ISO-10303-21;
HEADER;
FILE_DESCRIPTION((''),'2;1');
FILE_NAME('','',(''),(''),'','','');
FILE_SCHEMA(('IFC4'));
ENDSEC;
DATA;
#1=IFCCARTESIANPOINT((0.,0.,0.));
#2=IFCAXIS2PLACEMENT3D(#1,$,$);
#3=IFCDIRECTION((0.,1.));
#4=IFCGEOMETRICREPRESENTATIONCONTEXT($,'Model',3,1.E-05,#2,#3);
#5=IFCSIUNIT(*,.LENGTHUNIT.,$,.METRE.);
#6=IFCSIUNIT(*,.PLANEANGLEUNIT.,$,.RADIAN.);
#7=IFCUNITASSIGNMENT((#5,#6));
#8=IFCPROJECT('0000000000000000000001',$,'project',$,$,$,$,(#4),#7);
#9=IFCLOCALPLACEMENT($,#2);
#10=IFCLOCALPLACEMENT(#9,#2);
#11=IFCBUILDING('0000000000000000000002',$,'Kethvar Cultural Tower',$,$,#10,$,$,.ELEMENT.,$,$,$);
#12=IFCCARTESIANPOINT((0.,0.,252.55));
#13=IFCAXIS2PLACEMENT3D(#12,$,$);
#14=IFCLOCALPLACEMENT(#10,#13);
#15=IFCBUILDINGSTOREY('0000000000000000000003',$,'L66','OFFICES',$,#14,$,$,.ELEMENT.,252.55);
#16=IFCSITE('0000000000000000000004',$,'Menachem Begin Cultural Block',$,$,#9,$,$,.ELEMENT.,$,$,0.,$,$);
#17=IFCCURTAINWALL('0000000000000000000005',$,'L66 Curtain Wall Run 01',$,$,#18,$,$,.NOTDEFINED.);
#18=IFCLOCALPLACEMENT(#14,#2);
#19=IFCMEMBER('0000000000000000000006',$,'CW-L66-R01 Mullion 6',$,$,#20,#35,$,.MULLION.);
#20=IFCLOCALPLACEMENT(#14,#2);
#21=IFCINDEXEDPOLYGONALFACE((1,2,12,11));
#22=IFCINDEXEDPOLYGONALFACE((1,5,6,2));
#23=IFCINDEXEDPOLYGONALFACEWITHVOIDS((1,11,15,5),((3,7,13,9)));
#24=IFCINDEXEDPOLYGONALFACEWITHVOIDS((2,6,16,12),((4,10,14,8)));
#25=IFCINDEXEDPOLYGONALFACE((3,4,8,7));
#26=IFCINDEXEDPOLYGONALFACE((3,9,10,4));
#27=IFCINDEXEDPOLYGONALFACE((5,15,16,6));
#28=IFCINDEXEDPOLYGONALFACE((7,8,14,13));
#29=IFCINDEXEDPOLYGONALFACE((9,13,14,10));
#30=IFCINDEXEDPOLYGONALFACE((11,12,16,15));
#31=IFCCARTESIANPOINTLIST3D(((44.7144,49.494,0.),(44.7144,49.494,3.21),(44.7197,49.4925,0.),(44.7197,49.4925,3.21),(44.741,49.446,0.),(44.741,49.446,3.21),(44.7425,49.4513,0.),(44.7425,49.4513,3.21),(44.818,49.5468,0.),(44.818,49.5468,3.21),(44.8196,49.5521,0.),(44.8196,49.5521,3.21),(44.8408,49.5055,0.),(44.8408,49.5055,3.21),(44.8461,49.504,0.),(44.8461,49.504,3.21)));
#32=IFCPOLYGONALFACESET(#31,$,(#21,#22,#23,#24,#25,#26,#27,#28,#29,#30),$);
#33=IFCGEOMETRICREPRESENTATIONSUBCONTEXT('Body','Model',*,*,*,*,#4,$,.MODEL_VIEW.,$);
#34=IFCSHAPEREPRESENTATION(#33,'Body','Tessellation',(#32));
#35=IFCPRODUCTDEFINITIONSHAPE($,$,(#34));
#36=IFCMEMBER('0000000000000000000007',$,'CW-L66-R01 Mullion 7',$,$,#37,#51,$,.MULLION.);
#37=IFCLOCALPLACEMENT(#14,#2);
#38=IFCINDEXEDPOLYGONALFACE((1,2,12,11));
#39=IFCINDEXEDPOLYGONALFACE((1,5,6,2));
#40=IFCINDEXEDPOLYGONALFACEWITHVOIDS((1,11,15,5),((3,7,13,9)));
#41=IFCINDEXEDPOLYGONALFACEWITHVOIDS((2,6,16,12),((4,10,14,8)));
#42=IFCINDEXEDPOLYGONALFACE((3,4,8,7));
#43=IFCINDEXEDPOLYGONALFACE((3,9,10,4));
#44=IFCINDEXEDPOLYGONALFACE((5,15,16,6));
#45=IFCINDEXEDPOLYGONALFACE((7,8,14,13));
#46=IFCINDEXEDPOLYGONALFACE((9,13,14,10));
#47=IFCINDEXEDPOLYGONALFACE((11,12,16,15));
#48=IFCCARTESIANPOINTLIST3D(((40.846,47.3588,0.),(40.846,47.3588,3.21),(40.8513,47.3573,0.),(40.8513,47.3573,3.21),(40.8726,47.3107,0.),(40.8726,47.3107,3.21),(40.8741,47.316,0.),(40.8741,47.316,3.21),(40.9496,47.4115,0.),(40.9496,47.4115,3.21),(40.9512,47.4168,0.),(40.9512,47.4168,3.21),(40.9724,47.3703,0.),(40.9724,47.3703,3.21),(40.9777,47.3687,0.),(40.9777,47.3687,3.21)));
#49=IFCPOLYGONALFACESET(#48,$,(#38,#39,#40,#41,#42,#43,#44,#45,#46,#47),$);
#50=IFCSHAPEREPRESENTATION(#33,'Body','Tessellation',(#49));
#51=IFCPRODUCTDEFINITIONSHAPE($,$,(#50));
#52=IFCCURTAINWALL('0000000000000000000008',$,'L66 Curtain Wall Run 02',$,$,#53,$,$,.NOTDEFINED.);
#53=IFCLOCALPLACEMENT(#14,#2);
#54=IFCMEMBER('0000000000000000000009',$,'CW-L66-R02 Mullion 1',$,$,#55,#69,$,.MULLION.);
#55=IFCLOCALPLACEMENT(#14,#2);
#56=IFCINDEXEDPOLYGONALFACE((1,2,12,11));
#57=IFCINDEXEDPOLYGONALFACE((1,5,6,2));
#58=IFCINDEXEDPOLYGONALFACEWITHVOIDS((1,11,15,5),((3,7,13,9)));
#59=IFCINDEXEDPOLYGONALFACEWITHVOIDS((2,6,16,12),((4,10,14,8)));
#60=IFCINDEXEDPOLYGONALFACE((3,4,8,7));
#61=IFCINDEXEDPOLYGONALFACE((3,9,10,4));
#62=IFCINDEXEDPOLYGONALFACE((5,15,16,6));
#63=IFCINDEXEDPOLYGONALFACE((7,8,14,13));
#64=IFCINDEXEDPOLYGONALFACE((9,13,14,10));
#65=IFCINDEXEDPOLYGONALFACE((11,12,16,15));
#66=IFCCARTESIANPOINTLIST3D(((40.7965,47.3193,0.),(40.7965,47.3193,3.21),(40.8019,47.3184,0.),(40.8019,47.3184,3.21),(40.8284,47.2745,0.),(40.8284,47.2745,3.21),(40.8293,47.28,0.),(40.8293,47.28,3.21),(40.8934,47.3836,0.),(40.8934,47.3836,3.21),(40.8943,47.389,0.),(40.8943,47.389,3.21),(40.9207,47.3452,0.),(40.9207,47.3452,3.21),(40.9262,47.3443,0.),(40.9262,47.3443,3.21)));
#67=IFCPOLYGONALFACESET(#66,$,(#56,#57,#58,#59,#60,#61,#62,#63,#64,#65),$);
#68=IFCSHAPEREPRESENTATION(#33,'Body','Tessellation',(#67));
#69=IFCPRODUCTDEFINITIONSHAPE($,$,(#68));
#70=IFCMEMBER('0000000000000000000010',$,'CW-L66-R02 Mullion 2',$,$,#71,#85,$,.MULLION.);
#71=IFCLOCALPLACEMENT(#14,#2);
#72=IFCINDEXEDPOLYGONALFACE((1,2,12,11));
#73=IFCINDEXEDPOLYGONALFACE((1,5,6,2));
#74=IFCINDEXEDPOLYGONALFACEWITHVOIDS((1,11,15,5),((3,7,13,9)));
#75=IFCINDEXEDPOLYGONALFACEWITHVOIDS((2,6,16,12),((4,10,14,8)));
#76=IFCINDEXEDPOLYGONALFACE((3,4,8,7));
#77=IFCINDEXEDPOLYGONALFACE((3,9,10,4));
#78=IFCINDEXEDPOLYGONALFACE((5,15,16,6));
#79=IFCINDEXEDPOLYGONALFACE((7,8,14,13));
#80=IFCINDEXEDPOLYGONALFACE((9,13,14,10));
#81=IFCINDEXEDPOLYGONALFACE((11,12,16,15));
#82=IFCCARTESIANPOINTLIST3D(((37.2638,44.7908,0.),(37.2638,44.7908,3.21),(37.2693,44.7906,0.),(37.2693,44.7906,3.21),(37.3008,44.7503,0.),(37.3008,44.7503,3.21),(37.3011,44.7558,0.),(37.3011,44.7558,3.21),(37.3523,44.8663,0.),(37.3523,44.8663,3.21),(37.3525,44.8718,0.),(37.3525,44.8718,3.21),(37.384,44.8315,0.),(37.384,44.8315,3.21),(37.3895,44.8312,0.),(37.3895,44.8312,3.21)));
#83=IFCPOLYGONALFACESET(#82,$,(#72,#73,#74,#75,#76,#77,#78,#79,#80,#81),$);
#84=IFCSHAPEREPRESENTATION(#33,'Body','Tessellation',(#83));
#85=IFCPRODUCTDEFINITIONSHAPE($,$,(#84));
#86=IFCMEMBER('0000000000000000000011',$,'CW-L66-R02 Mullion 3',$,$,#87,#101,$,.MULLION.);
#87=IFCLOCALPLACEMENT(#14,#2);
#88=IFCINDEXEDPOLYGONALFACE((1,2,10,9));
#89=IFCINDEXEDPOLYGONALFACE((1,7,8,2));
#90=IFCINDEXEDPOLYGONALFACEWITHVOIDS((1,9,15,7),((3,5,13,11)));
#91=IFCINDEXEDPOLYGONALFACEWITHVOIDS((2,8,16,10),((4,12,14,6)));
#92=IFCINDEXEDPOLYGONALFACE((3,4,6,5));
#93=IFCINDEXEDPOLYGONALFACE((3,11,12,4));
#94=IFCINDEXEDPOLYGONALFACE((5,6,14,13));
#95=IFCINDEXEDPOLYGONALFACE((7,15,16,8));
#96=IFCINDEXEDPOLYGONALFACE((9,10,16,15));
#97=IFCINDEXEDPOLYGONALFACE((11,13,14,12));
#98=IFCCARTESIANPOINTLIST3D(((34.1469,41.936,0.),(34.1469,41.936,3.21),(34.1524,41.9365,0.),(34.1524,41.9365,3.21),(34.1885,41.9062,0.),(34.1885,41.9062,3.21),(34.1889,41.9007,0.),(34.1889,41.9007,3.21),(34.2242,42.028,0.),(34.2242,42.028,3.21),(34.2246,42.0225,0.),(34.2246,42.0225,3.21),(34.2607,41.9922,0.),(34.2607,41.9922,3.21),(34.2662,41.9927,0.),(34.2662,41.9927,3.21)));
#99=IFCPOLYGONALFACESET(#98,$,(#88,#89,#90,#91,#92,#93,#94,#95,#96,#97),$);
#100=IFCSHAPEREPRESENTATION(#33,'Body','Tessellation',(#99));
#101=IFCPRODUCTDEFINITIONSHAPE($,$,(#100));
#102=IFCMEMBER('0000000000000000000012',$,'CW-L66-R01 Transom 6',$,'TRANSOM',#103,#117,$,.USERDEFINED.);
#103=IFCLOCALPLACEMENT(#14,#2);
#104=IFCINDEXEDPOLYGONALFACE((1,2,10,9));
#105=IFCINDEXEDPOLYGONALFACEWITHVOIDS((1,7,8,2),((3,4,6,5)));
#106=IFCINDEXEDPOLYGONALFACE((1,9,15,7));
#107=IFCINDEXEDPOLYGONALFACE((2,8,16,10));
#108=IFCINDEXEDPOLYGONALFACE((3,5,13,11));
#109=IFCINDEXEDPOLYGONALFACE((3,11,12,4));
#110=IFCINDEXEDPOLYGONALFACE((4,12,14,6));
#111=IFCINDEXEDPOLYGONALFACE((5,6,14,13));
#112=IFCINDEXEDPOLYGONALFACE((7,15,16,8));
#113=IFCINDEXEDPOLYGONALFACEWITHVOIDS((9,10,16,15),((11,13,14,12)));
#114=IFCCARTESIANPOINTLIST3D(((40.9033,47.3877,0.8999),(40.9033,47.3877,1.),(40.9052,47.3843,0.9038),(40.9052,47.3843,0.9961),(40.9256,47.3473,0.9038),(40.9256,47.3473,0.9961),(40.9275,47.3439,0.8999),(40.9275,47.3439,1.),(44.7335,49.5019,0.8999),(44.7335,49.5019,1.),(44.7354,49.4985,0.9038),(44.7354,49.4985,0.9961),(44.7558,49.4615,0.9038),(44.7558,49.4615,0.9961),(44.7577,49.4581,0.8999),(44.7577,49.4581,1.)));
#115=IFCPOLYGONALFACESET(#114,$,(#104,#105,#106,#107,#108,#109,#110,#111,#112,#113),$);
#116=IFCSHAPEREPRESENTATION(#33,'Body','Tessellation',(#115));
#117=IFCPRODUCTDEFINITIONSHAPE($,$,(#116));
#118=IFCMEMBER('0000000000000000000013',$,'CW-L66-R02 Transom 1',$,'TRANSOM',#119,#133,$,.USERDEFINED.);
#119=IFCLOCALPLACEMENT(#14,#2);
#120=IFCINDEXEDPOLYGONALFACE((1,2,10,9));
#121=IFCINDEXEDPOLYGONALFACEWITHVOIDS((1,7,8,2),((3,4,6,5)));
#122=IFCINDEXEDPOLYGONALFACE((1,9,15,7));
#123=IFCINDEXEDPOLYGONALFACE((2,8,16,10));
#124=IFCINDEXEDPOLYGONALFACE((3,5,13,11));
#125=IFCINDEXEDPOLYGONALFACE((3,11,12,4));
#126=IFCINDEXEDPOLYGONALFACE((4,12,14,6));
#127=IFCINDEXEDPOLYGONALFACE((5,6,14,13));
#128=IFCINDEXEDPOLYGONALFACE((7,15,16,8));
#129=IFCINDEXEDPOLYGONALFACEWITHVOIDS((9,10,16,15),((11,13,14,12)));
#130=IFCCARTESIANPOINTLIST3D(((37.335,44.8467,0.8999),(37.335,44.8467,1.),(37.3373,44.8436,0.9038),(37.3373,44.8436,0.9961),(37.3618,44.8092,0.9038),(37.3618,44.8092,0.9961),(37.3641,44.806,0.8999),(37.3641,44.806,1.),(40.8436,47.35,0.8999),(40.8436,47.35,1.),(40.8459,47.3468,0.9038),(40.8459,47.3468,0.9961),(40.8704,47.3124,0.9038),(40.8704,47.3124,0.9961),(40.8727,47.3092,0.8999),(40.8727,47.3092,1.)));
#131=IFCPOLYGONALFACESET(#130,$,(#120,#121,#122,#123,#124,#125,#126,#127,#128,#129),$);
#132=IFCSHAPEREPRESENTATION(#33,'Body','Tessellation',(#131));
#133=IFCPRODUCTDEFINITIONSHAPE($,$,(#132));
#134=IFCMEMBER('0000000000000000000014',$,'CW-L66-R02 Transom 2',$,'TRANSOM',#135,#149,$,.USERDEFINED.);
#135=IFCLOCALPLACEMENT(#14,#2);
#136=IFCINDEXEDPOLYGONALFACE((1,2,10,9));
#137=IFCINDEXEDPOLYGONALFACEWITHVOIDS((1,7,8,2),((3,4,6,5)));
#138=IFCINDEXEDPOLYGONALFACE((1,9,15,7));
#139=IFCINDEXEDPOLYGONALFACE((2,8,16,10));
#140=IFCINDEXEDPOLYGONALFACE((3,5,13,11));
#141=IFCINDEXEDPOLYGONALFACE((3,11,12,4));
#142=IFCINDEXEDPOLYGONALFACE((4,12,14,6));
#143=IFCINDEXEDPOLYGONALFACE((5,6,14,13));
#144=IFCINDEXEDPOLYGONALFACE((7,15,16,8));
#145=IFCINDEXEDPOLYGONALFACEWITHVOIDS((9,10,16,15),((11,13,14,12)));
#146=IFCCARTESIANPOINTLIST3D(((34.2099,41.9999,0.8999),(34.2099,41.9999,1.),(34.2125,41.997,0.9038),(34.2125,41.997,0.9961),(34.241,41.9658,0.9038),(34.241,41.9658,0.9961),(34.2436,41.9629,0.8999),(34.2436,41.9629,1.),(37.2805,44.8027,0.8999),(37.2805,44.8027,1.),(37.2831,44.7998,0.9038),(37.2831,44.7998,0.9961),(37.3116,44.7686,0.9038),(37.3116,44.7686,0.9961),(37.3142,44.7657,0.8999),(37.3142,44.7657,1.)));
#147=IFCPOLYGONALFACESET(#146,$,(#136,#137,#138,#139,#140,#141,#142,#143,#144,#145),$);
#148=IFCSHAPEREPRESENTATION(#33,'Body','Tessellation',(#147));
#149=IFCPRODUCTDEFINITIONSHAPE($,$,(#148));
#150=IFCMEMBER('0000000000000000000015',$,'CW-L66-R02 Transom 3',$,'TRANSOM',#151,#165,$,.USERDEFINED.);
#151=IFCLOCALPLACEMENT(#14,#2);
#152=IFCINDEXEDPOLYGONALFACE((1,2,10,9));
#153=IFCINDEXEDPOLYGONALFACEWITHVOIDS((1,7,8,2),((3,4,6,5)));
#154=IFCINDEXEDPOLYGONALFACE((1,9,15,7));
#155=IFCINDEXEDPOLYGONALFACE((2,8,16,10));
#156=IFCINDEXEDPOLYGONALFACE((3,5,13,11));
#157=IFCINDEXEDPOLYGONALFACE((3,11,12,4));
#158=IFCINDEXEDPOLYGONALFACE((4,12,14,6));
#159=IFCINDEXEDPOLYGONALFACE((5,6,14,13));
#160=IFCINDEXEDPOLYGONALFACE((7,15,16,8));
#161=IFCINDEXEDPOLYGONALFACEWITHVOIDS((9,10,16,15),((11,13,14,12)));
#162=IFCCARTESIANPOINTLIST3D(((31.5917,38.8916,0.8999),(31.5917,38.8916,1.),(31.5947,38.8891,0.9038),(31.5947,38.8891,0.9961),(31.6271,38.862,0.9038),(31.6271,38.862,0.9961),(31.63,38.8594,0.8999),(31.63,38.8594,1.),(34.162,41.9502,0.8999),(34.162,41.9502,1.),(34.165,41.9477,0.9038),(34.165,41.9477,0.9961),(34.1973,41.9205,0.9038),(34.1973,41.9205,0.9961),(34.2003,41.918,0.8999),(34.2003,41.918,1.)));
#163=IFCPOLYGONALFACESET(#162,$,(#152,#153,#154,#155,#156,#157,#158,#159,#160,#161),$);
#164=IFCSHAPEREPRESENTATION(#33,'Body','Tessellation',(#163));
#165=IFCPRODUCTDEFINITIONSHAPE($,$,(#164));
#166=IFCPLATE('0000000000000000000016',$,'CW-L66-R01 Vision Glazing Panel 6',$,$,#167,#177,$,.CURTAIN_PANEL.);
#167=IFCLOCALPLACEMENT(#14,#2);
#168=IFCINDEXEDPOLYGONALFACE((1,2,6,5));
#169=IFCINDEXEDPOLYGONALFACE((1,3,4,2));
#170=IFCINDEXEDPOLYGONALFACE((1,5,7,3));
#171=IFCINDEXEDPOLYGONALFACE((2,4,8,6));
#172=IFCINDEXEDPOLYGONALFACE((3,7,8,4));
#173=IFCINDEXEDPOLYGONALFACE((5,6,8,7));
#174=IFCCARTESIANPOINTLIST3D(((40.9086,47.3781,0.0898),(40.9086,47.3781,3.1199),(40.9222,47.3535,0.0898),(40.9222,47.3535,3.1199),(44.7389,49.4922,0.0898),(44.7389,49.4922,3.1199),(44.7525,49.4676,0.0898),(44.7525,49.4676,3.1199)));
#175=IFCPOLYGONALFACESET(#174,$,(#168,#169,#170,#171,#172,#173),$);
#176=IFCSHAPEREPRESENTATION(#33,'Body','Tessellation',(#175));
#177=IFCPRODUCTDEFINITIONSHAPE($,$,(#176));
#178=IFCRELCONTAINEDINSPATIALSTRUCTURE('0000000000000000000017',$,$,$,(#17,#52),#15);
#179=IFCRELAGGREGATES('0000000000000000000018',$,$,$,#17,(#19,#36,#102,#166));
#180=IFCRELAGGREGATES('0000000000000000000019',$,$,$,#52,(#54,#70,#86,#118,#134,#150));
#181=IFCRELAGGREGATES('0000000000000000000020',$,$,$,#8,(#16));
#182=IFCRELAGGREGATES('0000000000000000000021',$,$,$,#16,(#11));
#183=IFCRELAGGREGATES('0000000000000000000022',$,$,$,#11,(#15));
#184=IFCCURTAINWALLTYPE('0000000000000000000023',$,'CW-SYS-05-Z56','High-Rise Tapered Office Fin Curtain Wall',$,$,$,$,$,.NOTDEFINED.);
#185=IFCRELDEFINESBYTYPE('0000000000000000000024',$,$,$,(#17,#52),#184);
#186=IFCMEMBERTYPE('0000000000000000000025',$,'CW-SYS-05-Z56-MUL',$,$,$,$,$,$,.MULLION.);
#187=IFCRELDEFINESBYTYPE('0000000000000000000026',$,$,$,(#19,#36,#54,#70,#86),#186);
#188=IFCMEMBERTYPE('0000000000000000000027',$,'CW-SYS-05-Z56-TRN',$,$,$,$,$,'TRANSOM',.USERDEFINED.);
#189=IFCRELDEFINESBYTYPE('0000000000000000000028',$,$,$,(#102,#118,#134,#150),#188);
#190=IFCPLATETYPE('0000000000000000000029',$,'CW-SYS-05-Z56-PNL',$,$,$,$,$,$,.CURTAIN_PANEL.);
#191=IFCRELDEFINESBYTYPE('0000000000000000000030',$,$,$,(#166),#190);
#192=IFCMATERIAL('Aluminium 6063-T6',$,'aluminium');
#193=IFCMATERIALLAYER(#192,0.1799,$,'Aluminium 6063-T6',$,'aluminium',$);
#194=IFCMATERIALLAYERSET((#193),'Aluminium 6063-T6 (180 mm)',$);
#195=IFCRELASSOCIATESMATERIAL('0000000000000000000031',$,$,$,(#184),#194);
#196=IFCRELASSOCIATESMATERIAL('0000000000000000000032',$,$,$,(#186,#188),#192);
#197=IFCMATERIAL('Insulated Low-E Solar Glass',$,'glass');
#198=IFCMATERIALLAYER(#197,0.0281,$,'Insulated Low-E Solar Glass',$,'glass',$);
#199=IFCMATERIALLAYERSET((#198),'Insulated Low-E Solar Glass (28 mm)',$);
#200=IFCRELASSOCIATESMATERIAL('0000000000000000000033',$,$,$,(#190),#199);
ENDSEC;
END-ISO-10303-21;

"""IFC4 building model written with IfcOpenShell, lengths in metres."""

from ifc_helpers import new_model, si_unit, direction, frame, origin, origin_2d, place, context, subcontext, project, spatial, rectangle, hollow_rectangle, extrude, source, transform, mapped, material, layer, layer_set, material_profile, profile_set, type_object, element, aggregate, save


model = new_model("IFC4")

# Units and contexts
model_context = context("Model", 3, precision=1e-05, world=origin(), true_north=direction((0.0, 1.0)))
body_context = subcontext(model_context, "Body", "Model", "MODEL_VIEW")
ifc_project = project(units=[si_unit("LENGTHUNIT", "METRE"), si_unit("PLANEANGLEUNIT", "RADIAN")], contexts=[model_context])

# Site, building, storey
site_placement = place(None, origin())
site = spatial("IfcSite", under=ifc_project, at=site_placement, Name="Menachem Begin Cultural Block", CompositionType="ELEMENT", RefElevation=0.0)
building_placement = place(site_placement, origin())
building = spatial("IfcBuilding", under=site, at=building_placement, Name="Kethvar Cultural Tower", CompositionType="ELEMENT")
storey_placement = place(building_placement, frame((0.0, 0.0, 252.55)))
storey = spatial("IfcBuildingStorey", under=building, at=storey_placement, Name="L66", Description="OFFICES", CompositionType="ELEMENT", Elevation=252.55)

# Curtain walls, members
ifc_material_1 = material(Name="Aluminium 6063-T6", Category="aluminium")
ifc_layer_1 = layer(ifc_material_1, 0.1799, Name="Aluminium 6063-T6", Category="aluminium")
ifc_layer_set_1 = layer_set([ifc_layer_1], Name="Aluminium 6063-T6 (180 mm)")
curtain_wall_type = type_object("IfcCurtainWallType", Name="CW-SYS-05-Z56", Description="High-Rise Tapered Office Fin Curtain Wall", PredefinedType="NOTDEFINED", material=ifc_layer_set_1)
curtain_wall_1_placement = place(storey_placement, origin())
curtain_wall_1 = element("IfcCurtainWall", 1, at=curtain_wall_1_placement, inside=storey, type_object=curtain_wall_type, Name="L66 Curtain Wall Run 01", PredefinedType="NOTDEFINED")
ifc_material_profile_1 = material_profile(ifc_material_1, hollow_rectangle(XDim=0.0549, YDim=0.1201, WallThickness=0.0039, at=origin_2d()), Name="Aluminium 6063-T6 — RHS120x55x4")
ifc_profile_set_1 = profile_set([ifc_material_profile_1], Name="Aluminium 6063-T6 — RHS120x55x4")
member_type_1 = type_object("IfcMemberType", Name="CW-SYS-05-Z56-MUL", PredefinedType="MULLION", material=ifc_profile_set_1)
shared_shape_1 = source(origin(), body_context, "Body", "SweptSolid", [
    extrude(hollow_rectangle(XDim=0.0549, YDim=0.1201, WallThickness=0.0039, at=origin_2d()), origin(), (0.0, 0.0, 1.0), 3.21),
])
member_1_placement = place(storey_placement, frame((44.7803, 49.499, 0.0), z_axis=(0.0, 0.0, 1.0), x_axis=(0.483237, -0.87549, 0.0)))
member_1 = element("IfcMember", 2, at=member_1_placement, type_object=member_type_1, Name="CW-L66-R01 Mullion 6", PredefinedType="MULLION", context=body_context, shape_type="MappedRepresentation", body=[
    mapped(shared_shape_1, transform((0.0, 0.0, 0.0), scale=1.0)),
])
member_2_placement = place(storey_placement, frame((40.9119, 47.3638, 0.0), z_axis=(0.0, 0.0, 1.0), x_axis=(0.483237, -0.87549, 0.0)))
member_2 = element("IfcMember", 3, at=member_2_placement, type_object=member_type_1, Name="CW-L66-R01 Mullion 7", PredefinedType="MULLION", context=body_context, shape_type="MappedRepresentation", body=[
    mapped(shared_shape_1, transform((0.0, 0.0, 0.0), scale=1.0)),
])
curtain_wall_2_placement = place(storey_placement, origin())
curtain_wall_2 = element("IfcCurtainWall", 4, at=curtain_wall_2_placement, inside=storey, type_object=curtain_wall_type, Name="L66 Curtain Wall Run 02", PredefinedType="NOTDEFINED")
member_3_placement = place(storey_placement, frame((40.8613, 47.3318, 0.0), z_axis=(0.0, 0.0, 1.0), x_axis=(0.580788, -0.814055, 0.0)))
member_3 = element("IfcMember", 5, at=member_3_placement, type_object=member_type_1, Name="CW-L66-R02 Mullion 1", PredefinedType="MULLION", context=body_context, shape_type="MappedRepresentation", body=[
    mapped(shared_shape_1, transform((0.0, 0.0, 0.0), scale=1.0)),
])
member_4_placement = place(storey_placement, frame((37.3267, 44.811, 0.0), z_axis=(0.0, 0.0, 1.0), x_axis=(0.674148, -0.738597, 0.0)))
member_4 = element("IfcMember", 6, at=member_4_placement, type_object=member_type_1, Name="CW-L66-R02 Mullion 2", PredefinedType="MULLION", context=body_context, shape_type="MappedRepresentation", body=[
    mapped(shared_shape_1, transform((0.0, 0.0, 0.0), scale=1.0)),
])
member_5_placement = place(storey_placement, frame((34.2065, 41.9644, 0.0), z_axis=(0.0, 0.0, 1.0), x_axis=(0.765573, -0.643349, 0.0)))
member_5 = element("IfcMember", 7, at=member_5_placement, type_object=member_type_1, Name="CW-L66-R02 Mullion 3", PredefinedType="MULLION", context=body_context, shape_type="MappedRepresentation", body=[
    mapped(shared_shape_1, transform((0.0, 0.0, 0.0), scale=1.0)),
])

# Members
ifc_material_profile_2 = material_profile(ifc_material_1, hollow_rectangle(XDim=0.05, YDim=0.1001, WallThickness=0.0039, at=origin_2d()), Name="Aluminium 6063-T6 — RHS100x50x4")
ifc_profile_set_2 = profile_set([ifc_material_profile_2], Name="Aluminium 6063-T6 — RHS100x50x4")
member_type_2 = type_object("IfcMemberType", Name="CW-SYS-05-Z56-TRN", ElementType="TRANSOM", PredefinedType="USERDEFINED", material=ifc_profile_set_2)
shared_shape_2 = source(origin(), body_context, "Body", "SweptSolid", [
    extrude(hollow_rectangle(XDim=0.05, YDim=0.1001, WallThickness=0.0039, at=origin_2d()), origin(), (0.0, 0.0, 1.0), 4.375),
])
member_6_placement = place(storey_placement, frame((44.7456, 49.48, 0.95), z_axis=(-0.875483, -0.483248, 0.0), x_axis=(0.483248, -0.875483, 0.0)))
member_6 = element("IfcMember", 8, at=member_6_placement, type_object=member_type_2, Name="CW-L66-R01 Transom 6", ObjectType="TRANSOM", PredefinedType="USERDEFINED", context=body_context, shape_type="MappedRepresentation", body=[
    mapped(shared_shape_2, transform((0.0, 0.0, 0.0), scale=1.0)),
])
shared_shape_3 = source(origin(), body_context, "Body", "SweptSolid", [
    extrude(hollow_rectangle(XDim=0.05, YDim=0.1001, WallThickness=0.0039, at=origin_2d()), origin(), (0.0, 0.0, 1.0), 4.3101),
])
member_7_placement = place(storey_placement, frame((40.8582, 47.3296, 0.95), z_axis=(-0.814055, -0.580788, 0.0), x_axis=(0.580788, -0.814055, 0.0)))
member_7 = element("IfcMember", 9, at=member_7_placement, type_object=member_type_2, Name="CW-L66-R02 Transom 1", ObjectType="TRANSOM", PredefinedType="USERDEFINED", context=body_context, shape_type="MappedRepresentation", body=[
    mapped(shared_shape_3, transform((0.0, 0.0, 0.0), scale=1.0)),
])
shared_shape_4 = source(origin(), body_context, "Body", "SweptSolid", [
    extrude(hollow_rectangle(XDim=0.05, YDim=0.1001, WallThickness=0.0039, at=origin_2d()), origin(), (0.0, 0.0, 1.0), 4.1575),
])
member_8_placement = place(storey_placement, frame((37.2974, 44.7842, 0.95), z_axis=(-0.738583, -0.674162, 0.0), x_axis=(0.674162, -0.738583, 0.0)))
member_8 = element("IfcMember", 10, at=member_8_placement, type_object=member_type_2, Name="CW-L66-R02 Transom 2", ObjectType="TRANSOM", PredefinedType="USERDEFINED", context=body_context, shape_type="MappedRepresentation", body=[
    mapped(shared_shape_4, transform((0.0, 0.0, 0.0), scale=1.0)),
])
shared_shape_5 = source(origin(), body_context, "Body", "SweptSolid", [
    extrude(hollow_rectangle(XDim=0.05, YDim=0.1001, WallThickness=0.0039, at=origin_2d()), origin(), (0.0, 0.0, 1.0), 3.9951),
])
member_9_placement = place(storey_placement, frame((34.1812, 41.9341, 0.95), z_axis=(-0.643353, -0.76557, 0.0), x_axis=(0.76557, -0.643353, 0.0)))
member_9 = element("IfcMember", 11, at=member_9_placement, type_object=member_type_2, Name="CW-L66-R02 Transom 3", ObjectType="TRANSOM", PredefinedType="USERDEFINED", context=body_context, shape_type="MappedRepresentation", body=[
    mapped(shared_shape_5, transform((0.0, 0.0, 0.0), scale=1.0)),
])

# Plate
ifc_material_2 = material(Name="Insulated Low-E Solar Glass", Category="glass")
ifc_layer_2 = layer(ifc_material_2, 0.0281, Name="Insulated Low-E Solar Glass", Category="glass")
ifc_layer_set_2 = layer_set([ifc_layer_2], Name="Insulated Low-E Solar Glass (28 mm)")
plate_type = type_object("IfcPlateType", Name="CW-SYS-05-Z56-PNL", PredefinedType="CURTAIN_PANEL", material=ifc_layer_set_2)
shared_shape_6 = source(origin(), body_context, "Body", "SweptSolid", [
    extrude(rectangle(XDim=4.375, YDim=0.0281, at=origin_2d()), origin(), (0.0, 0.0, 1.0), 3.03),
])
plate_1_placement = place(storey_placement, frame((42.8306, 48.4229, 0.0898), z_axis=(0.0, 0.0, 1.0), x_axis=(-0.87549, -0.483237, 0.0)))
plate_1 = element("IfcPlate", 12, at=plate_1_placement, type_object=plate_type, Name="CW-L66-R01 Vision Glazing Panel 6", PredefinedType="CURTAIN_PANEL", context=body_context, shape_type="MappedRepresentation", body=[
    mapped(shared_shape_6, transform((0.0, 0.0, 0.0), scale=1.0)),
])
aggregate(curtain_wall_1, [member_1, member_2, member_6, plate_1])
aggregate(curtain_wall_2, [member_3, member_4, member_5, member_7, member_8, member_9])

save(model, "model.ifc")
